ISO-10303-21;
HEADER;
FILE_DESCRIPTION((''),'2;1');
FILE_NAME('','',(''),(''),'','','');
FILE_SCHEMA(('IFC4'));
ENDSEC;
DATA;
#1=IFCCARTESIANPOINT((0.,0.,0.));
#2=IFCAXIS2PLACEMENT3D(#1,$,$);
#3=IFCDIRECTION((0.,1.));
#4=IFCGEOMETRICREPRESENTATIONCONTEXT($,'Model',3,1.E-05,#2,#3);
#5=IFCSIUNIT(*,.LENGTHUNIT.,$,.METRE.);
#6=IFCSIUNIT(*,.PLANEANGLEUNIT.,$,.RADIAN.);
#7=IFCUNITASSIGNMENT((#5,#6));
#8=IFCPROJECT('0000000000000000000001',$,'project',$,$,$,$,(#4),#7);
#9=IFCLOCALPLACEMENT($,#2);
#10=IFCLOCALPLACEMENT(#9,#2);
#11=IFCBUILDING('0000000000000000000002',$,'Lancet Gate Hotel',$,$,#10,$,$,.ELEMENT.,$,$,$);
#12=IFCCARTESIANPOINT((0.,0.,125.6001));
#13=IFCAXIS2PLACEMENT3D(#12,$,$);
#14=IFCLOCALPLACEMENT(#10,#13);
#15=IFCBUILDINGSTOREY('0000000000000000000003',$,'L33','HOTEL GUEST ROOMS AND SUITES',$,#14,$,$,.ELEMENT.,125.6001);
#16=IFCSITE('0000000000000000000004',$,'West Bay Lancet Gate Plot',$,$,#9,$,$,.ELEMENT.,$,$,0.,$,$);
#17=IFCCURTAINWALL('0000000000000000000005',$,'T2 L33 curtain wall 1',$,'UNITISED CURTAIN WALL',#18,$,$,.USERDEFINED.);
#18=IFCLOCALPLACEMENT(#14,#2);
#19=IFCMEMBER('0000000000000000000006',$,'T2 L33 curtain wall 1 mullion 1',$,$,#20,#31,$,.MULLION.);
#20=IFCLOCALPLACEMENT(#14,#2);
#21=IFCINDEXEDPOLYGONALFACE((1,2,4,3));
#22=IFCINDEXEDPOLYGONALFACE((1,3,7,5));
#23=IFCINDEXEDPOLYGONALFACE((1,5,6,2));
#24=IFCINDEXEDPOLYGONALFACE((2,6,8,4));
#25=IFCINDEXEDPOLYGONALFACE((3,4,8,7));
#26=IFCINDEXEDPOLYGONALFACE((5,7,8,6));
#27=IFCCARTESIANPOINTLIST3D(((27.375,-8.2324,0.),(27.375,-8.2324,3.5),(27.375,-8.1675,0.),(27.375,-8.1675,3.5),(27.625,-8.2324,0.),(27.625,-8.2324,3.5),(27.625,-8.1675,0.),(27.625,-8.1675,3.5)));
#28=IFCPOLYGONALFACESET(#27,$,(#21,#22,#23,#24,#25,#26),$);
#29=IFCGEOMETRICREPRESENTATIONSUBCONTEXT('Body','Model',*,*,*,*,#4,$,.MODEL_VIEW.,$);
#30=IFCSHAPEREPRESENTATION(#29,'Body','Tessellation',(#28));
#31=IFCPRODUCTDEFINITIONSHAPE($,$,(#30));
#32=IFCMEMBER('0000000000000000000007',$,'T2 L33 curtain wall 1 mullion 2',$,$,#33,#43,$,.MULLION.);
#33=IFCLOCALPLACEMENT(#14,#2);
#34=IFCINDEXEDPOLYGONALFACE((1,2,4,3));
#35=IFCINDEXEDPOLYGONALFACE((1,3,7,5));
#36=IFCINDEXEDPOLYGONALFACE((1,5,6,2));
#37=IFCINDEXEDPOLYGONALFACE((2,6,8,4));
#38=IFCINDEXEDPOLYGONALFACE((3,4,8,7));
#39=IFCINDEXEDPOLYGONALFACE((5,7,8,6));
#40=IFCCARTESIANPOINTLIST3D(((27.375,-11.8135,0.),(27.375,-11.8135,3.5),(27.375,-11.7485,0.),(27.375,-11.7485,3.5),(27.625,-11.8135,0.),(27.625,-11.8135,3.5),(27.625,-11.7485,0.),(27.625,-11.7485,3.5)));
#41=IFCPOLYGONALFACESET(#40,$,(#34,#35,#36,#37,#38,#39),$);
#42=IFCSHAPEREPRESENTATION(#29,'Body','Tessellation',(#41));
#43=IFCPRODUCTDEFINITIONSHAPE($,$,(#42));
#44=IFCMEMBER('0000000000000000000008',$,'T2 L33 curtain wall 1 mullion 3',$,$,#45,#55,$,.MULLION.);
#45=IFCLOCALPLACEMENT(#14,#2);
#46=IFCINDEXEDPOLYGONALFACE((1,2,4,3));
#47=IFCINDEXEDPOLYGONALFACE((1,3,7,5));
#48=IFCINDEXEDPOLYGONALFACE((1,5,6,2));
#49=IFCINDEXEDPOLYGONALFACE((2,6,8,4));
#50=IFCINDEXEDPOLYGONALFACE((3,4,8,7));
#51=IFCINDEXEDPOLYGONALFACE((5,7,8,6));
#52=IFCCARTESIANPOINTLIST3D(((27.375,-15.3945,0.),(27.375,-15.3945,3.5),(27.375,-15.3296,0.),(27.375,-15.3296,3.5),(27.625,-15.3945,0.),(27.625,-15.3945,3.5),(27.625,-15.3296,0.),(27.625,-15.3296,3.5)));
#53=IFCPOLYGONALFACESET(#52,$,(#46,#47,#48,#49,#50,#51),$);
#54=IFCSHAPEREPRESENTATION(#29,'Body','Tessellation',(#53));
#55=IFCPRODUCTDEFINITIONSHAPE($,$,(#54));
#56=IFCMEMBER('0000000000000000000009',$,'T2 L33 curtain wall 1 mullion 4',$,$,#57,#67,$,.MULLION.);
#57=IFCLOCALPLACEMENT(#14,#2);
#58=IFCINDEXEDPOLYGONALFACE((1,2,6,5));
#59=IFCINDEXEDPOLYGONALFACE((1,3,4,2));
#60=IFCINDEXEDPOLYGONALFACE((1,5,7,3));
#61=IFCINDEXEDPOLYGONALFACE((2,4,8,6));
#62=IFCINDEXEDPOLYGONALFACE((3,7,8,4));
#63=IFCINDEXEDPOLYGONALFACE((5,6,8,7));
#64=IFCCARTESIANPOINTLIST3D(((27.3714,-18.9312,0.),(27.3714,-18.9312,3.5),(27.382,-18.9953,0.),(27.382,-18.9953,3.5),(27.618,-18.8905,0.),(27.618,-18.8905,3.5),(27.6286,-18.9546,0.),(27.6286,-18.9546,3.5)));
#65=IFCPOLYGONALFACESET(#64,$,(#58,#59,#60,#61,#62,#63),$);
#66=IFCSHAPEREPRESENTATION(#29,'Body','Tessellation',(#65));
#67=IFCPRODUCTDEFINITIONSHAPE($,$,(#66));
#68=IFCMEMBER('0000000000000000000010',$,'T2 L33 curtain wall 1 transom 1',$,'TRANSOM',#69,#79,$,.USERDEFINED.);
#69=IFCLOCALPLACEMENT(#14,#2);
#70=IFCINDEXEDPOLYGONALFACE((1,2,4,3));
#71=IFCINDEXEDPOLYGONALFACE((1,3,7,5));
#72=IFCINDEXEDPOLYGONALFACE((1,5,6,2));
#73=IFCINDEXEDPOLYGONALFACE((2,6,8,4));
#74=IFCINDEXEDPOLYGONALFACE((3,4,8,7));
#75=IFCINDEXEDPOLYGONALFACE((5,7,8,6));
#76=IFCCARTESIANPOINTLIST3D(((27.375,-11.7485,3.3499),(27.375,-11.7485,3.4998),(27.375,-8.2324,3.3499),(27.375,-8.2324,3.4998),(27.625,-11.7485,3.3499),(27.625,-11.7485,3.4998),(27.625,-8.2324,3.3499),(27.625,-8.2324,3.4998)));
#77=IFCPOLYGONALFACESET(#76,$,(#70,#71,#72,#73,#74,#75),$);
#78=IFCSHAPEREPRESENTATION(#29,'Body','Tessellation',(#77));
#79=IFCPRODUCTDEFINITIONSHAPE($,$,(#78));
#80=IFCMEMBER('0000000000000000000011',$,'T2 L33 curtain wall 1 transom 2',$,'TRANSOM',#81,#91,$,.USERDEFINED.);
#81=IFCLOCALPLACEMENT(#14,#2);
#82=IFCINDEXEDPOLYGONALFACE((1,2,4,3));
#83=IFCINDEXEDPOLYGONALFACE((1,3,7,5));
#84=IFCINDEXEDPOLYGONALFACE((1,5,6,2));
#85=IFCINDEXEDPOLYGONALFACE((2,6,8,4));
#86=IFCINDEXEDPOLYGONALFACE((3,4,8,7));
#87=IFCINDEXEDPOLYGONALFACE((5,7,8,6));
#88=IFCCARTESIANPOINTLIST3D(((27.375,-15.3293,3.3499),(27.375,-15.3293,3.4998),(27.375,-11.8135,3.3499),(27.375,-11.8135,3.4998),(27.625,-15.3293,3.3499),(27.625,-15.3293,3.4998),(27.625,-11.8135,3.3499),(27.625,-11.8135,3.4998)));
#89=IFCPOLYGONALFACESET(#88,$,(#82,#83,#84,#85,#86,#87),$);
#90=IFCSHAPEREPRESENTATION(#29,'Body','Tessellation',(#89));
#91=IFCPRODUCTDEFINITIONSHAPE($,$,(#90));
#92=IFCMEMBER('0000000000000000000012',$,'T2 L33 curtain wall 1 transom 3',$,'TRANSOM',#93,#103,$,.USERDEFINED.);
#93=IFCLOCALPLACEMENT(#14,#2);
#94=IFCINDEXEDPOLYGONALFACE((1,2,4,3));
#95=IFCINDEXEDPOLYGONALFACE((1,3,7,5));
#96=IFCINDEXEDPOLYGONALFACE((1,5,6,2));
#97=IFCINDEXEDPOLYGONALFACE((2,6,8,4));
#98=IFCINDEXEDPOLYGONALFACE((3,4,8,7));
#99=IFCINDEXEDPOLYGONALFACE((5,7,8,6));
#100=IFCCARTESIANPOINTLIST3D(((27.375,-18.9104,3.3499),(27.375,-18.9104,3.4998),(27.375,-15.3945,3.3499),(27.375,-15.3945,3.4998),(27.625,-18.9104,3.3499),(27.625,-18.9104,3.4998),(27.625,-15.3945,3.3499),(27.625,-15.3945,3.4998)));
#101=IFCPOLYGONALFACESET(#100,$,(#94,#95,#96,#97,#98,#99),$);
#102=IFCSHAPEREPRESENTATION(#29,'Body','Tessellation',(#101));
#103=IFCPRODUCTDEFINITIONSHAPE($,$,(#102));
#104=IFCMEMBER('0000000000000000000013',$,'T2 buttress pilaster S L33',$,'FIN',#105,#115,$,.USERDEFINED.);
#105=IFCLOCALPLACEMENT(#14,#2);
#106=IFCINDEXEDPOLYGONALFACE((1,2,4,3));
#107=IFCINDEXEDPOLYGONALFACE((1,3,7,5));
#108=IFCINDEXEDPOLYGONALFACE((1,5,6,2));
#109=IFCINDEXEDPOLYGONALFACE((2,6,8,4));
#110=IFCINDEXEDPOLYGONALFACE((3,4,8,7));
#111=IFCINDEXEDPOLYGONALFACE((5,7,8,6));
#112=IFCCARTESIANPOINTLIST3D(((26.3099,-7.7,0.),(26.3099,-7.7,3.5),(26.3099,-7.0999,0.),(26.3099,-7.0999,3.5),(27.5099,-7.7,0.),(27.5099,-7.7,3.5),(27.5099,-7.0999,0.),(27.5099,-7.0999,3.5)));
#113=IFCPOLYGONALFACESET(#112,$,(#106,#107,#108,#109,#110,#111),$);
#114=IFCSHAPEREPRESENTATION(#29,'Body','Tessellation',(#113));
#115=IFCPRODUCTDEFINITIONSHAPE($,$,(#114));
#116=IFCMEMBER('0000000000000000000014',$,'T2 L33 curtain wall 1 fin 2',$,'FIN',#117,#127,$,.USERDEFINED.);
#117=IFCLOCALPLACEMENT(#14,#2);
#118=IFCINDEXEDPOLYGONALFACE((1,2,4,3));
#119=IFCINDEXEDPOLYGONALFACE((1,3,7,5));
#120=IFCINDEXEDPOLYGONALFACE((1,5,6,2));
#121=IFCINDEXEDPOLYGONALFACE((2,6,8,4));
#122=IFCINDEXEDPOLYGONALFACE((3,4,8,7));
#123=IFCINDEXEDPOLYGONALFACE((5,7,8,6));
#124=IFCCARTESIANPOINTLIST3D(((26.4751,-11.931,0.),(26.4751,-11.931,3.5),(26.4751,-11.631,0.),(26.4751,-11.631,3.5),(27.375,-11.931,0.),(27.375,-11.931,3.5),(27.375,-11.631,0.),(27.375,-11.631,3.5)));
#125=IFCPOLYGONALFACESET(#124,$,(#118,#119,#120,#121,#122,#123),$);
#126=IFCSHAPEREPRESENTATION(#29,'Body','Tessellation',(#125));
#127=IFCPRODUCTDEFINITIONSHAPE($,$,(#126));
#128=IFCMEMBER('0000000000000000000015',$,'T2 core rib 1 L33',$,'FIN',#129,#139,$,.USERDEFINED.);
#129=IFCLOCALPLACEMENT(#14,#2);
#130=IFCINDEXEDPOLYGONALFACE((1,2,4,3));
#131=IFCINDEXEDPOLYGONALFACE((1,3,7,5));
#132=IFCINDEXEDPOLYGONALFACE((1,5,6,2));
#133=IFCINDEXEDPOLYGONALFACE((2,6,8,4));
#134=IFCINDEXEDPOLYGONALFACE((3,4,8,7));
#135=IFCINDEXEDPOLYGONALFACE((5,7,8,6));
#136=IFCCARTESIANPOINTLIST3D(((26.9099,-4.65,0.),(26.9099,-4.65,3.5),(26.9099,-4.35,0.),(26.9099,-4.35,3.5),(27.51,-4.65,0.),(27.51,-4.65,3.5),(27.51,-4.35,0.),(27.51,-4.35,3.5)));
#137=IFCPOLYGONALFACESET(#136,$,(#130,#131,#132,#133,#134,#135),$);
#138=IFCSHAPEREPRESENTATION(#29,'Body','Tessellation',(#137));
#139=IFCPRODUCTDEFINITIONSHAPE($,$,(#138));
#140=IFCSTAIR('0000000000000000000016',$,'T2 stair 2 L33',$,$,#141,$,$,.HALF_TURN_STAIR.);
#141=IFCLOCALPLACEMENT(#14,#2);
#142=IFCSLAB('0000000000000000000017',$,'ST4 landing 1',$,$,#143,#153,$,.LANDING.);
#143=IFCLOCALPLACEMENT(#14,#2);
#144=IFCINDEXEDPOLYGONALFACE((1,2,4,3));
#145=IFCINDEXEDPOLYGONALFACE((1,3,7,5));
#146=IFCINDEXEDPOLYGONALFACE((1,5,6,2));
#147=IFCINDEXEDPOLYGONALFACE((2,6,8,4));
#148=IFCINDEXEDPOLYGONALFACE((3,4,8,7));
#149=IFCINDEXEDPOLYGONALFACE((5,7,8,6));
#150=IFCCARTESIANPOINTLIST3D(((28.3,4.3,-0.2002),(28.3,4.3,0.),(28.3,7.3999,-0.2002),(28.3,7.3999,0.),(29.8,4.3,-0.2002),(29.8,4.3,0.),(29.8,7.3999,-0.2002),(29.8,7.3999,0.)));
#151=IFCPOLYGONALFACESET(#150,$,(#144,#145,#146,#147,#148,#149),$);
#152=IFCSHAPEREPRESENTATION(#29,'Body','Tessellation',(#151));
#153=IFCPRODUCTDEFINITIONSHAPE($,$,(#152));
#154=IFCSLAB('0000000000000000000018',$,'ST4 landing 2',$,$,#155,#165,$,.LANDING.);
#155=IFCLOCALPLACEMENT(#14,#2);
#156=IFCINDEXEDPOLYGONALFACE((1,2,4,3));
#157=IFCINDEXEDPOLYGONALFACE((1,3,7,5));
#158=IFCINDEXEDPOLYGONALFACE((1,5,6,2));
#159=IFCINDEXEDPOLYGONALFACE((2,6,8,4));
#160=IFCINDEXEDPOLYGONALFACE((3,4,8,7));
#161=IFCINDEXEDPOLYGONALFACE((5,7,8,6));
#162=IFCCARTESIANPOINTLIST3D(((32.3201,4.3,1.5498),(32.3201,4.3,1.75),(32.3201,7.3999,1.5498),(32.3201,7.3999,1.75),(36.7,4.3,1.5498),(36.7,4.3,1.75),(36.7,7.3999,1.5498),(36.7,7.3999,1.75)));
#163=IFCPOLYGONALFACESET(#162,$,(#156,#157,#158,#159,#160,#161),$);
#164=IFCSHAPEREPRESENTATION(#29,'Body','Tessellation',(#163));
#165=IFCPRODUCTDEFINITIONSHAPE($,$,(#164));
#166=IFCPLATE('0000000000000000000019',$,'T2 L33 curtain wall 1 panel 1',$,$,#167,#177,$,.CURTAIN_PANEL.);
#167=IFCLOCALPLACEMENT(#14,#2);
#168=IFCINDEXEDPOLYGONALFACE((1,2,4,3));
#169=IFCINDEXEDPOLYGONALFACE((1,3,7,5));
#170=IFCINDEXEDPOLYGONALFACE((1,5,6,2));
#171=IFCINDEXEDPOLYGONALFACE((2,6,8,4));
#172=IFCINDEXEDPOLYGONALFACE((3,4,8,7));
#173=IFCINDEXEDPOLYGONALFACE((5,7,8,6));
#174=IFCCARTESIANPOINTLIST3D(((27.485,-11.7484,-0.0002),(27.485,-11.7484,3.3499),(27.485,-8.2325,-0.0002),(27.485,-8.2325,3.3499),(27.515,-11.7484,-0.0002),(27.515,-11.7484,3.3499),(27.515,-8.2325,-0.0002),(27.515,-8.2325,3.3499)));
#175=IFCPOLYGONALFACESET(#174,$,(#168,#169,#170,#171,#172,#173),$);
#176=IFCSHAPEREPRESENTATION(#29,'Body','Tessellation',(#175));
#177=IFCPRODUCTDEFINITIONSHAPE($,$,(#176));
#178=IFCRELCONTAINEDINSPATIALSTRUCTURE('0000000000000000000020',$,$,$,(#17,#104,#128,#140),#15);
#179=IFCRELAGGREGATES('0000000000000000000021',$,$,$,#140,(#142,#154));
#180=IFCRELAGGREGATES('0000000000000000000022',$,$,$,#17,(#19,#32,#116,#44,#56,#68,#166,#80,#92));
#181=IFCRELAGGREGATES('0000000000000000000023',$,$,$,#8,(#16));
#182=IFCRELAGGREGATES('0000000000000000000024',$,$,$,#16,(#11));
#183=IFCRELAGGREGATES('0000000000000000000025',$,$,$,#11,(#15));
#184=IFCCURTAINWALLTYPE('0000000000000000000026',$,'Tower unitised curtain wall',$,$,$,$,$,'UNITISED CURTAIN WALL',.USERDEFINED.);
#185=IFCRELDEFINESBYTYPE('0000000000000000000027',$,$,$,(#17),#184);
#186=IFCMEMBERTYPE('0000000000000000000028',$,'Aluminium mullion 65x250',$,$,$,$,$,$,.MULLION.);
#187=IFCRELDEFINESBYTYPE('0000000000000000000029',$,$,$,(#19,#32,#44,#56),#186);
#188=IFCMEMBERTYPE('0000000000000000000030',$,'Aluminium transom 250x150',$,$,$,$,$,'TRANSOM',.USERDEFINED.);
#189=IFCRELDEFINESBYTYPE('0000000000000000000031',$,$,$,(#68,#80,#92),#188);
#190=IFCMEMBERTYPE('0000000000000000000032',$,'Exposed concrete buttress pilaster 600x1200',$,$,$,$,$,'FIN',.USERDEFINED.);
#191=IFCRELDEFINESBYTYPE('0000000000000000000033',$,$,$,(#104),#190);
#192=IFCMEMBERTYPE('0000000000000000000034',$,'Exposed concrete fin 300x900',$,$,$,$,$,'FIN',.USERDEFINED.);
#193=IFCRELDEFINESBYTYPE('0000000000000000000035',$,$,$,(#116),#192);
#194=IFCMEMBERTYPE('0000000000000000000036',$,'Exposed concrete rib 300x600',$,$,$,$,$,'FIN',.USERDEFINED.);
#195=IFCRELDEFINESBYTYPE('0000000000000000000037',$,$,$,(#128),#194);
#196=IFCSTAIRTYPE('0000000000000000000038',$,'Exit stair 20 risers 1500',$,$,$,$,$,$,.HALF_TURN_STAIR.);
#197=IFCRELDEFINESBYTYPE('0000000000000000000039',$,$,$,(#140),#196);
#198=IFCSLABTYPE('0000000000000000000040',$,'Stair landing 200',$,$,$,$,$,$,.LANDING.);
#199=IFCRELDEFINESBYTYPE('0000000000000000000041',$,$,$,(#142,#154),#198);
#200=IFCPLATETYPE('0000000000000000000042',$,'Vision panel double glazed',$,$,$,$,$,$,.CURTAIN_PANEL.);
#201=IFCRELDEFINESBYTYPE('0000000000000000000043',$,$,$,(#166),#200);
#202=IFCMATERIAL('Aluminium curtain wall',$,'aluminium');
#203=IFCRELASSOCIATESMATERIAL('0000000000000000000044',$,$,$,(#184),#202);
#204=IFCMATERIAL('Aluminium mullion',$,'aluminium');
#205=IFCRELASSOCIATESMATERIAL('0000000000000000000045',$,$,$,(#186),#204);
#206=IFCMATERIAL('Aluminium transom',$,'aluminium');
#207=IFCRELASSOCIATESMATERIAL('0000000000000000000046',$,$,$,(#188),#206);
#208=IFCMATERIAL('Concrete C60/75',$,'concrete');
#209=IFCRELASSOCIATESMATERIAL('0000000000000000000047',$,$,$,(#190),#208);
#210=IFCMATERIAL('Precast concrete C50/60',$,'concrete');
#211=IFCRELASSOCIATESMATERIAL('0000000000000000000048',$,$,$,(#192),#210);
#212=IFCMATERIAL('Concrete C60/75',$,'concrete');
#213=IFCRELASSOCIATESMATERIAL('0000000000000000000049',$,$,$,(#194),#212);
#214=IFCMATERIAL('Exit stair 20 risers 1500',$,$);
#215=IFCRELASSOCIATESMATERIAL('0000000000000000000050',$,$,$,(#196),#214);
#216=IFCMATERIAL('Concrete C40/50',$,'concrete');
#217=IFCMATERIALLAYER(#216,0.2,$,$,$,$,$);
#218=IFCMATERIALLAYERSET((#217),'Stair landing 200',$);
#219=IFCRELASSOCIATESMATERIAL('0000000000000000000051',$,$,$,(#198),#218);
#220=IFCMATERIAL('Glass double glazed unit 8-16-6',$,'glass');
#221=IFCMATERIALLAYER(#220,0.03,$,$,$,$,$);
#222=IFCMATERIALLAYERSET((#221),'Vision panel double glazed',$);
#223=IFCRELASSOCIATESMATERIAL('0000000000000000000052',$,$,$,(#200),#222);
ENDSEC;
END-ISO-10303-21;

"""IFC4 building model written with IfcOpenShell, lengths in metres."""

from ifc_helpers import new_model, si_unit, direction, frame, origin, origin_2d, place, context, subcontext, project, spatial, polyline, rectangle, outline, extrude, material, layer, layer_set, material_profile, profile_set, type_object, element, aggregate, save


model = new_model("IFC4")

# Units and contexts
model_context = context("Model", 3, precision=1e-05, world=origin(), true_north=direction((0.0, 1.0)))
body_context = subcontext(model_context, "Body", "Model", "MODEL_VIEW")
ifc_project = project(units=[si_unit("LENGTHUNIT", "METRE"), si_unit("PLANEANGLEUNIT", "RADIAN")], contexts=[model_context])

# Site, building, storey
site_placement = place(None, origin())
site = spatial("IfcSite", under=ifc_project, at=site_placement, Name="West Bay Lancet Gate Plot", CompositionType="ELEMENT", RefElevation=0.0)
building_placement = place(site_placement, origin())
building = spatial("IfcBuilding", under=site, at=building_placement, Name="Lancet Gate Hotel", CompositionType="ELEMENT")
storey_placement = place(building_placement, frame((0.0, 0.0, 125.6001)))
storey = spatial("IfcBuildingStorey", under=building, at=storey_placement, Name="L33", Description="HOTEL GUEST ROOMS AND SUITES", CompositionType="ELEMENT", Elevation=125.6001)

# Curtain wall, members
ifc_material_1 = material(Name="Aluminium curtain wall", Category="aluminium")
curtain_wall_type = type_object("IfcCurtainWallType", Name="Tower unitised curtain wall", ElementType="UNITISED CURTAIN WALL", PredefinedType="USERDEFINED", material=ifc_material_1)
curtain_wall_placement = place(storey_placement, origin())
curtain_wall = element("IfcCurtainWall", 1, at=curtain_wall_placement, inside=storey, type_object=curtain_wall_type, Name="T2 L33 curtain wall 1", ObjectType="UNITISED CURTAIN WALL", PredefinedType="USERDEFINED")
ifc_material_2 = material(Name="Aluminium mullion", Category="aluminium")
ifc_material_profile_1 = material_profile(ifc_material_2, rectangle(XDim=0.0649, YDim=0.25, at=origin_2d()), Name="MULLION 65x250")
ifc_profile_set_1 = profile_set([ifc_material_profile_1], Name="Aluminium mullion")
member_type_1 = type_object("IfcMemberType", Name="Aluminium mullion 65x250", PredefinedType="MULLION", material=ifc_profile_set_1)
member_1_placement = place(storey_placement, frame((27.5, -8.2, 0.0), z_axis=(0.0, 0.0, 1.0), x_axis=(0.0, -1.0, 0.0)))
member_1 = element("IfcMember", 2, at=member_1_placement, type_object=member_type_1, Name="T2 L33 curtain wall 1 mullion 1", PredefinedType="MULLION", context=body_context, shape_type="SweptSolid", body=[
    extrude(rectangle(XDim=0.0649, YDim=0.25, at=origin_2d()), origin(), (0.0, 0.0, 1.0), 3.5),
])
member_2_placement = place(storey_placement, frame((27.5, -11.781, 0.0), z_axis=(0.0, 0.0, 1.0), x_axis=(0.0, -1.0, 0.0)))
member_2 = element("IfcMember", 3, at=member_2_placement, type_object=member_type_1, Name="T2 L33 curtain wall 1 mullion 2", PredefinedType="MULLION", context=body_context, shape_type="SweptSolid", body=[
    extrude(rectangle(XDim=0.0649, YDim=0.25, at=origin_2d()), origin(), (0.0, 0.0, 1.0), 3.5),
])
member_3_placement = place(storey_placement, frame((27.5, -15.3621, 0.0), z_axis=(0.0, 0.0, 1.0), x_axis=(0.0, -1.0, 0.0)))
member_3 = element("IfcMember", 4, at=member_3_placement, type_object=member_type_1, Name="T2 L33 curtain wall 1 mullion 3", PredefinedType="MULLION", context=body_context, shape_type="SweptSolid", body=[
    extrude(rectangle(XDim=0.0649, YDim=0.25, at=origin_2d()), origin(), (0.0, 0.0, 1.0), 3.5),
])
member_4_placement = place(storey_placement, frame((27.5, -18.9429, 0.0), z_axis=(0.0, 0.0, 1.0), x_axis=(0.162739, -0.986669, 0.0)))
member_4 = element("IfcMember", 5, at=member_4_placement, type_object=member_type_1, Name="T2 L33 curtain wall 1 mullion 4", PredefinedType="MULLION", context=body_context, shape_type="SweptSolid", body=[
    extrude(rectangle(XDim=0.0649, YDim=0.25, at=origin_2d()), origin(), (0.0, 0.0, 1.0), 3.5),
])
ifc_material_3 = material(Name="Aluminium transom", Category="aluminium")
ifc_material_profile_2 = material_profile(ifc_material_3, rectangle(XDim=0.25, YDim=0.1499, at=origin_2d()), Name="TRANSOM 250x150")
ifc_profile_set_2 = profile_set([ifc_material_profile_2], Name="Aluminium transom")
member_type_2 = type_object("IfcMemberType", Name="Aluminium transom 250x150", ElementType="TRANSOM", PredefinedType="USERDEFINED", material=ifc_profile_set_2)
member_5_placement = place(storey_placement, frame((27.5, -8.2324, 3.4248), z_axis=(0.0, -1.0, 0.0), x_axis=(1.0, 0.0, 0.0)))
member_5 = element("IfcMember", 6, at=member_5_placement, type_object=member_type_2, Name="T2 L33 curtain wall 1 transom 1", ObjectType="TRANSOM", PredefinedType="USERDEFINED", context=body_context, shape_type="SweptSolid", body=[
    extrude(rectangle(XDim=0.25, YDim=0.1499, at=origin_2d()), origin(), (0.0, 0.0, 1.0), 3.5161),
])
member_6_placement = place(storey_placement, frame((27.5, -11.8135, 3.4248), z_axis=(0.0, -1.0, 0.0), x_axis=(1.0, 0.0, 0.0)))
member_6 = element("IfcMember", 7, at=member_6_placement, type_object=member_type_2, Name="T2 L33 curtain wall 1 transom 2", ObjectType="TRANSOM", PredefinedType="USERDEFINED", context=body_context, shape_type="SweptSolid", body=[
    extrude(rectangle(XDim=0.25, YDim=0.1499, at=origin_2d()), origin(), (0.0, 0.0, 1.0), 3.5159),
])
member_7_placement = place(storey_placement, frame((27.5, -15.3945, 3.4248), z_axis=(0.0, -1.0, 0.0), x_axis=(1.0, 0.0, 0.0)))
member_7 = element("IfcMember", 8, at=member_7_placement, type_object=member_type_2, Name="T2 L33 curtain wall 1 transom 3", ObjectType="TRANSOM", PredefinedType="USERDEFINED", context=body_context, shape_type="SweptSolid", body=[
    extrude(rectangle(XDim=0.25, YDim=0.1499, at=origin_2d()), origin(), (0.0, 0.0, 1.0), 3.5159),
])

# Members
ifc_material_4 = material(Name="Concrete C60/75", Category="concrete")
ifc_material_profile_3 = material_profile(ifc_material_4, rectangle(XDim=0.6001, YDim=1.2, at=origin_2d()), Name="FIN 600x1200")
ifc_profile_set_3 = profile_set([ifc_material_profile_3], Name="Concrete C60/75")
member_type_3 = type_object("IfcMemberType", Name="Exposed concrete buttress pilaster 600x1200", ElementType="FIN", PredefinedType="USERDEFINED", material=ifc_profile_set_3)
member_8_placement = place(storey_placement, frame((26.9099, -7.3999, 0.0), z_axis=(0.0, 0.0, 1.0), x_axis=(0.0, 1.0, 0.0)))
element("IfcMember", 9, at=member_8_placement, inside=storey, type_object=member_type_3, Name="T2 buttress pilaster S L33", ObjectType="FIN", PredefinedType="USERDEFINED", context=body_context, shape_type="SweptSolid", body=[
    extrude(rectangle(XDim=0.6001, YDim=1.2, at=origin_2d()), origin(), (0.0, 0.0, 1.0), 3.5),
])
ifc_material_5 = material(Name="Precast concrete C50/60", Category="concrete")
ifc_material_profile_4 = material_profile(ifc_material_5, rectangle(XDim=0.3, YDim=0.8999, at=origin_2d()), Name="FIN 300x900")
ifc_profile_set_4 = profile_set([ifc_material_profile_4], Name="Precast concrete C50/60")
member_type_4 = type_object("IfcMemberType", Name="Exposed concrete fin 300x900", ElementType="FIN", PredefinedType="USERDEFINED", material=ifc_profile_set_4)
member_9_placement = place(storey_placement, frame((26.925, -11.781, 0.0), z_axis=(0.0, 0.0, 1.0), x_axis=(0.0, -1.0, 0.0)))
member_9 = element("IfcMember", 10, at=member_9_placement, type_object=member_type_4, Name="T2 L33 curtain wall 1 fin 2", ObjectType="FIN", PredefinedType="USERDEFINED", context=body_context, shape_type="SweptSolid", body=[
    extrude(rectangle(XDim=0.3, YDim=0.8999, at=origin_2d()), origin(), (0.0, 0.0, 1.0), 3.5),
])
ifc_material_6 = material(Name="Concrete C60/75", Category="concrete")
ifc_material_profile_5 = material_profile(ifc_material_6, rectangle(XDim=0.3, YDim=0.6001, at=origin_2d()), Name="FIN 300x600")
ifc_profile_set_5 = profile_set([ifc_material_profile_5], Name="Concrete C60/75")
member_type_5 = type_object("IfcMemberType", Name="Exposed concrete rib 300x600", ElementType="FIN", PredefinedType="USERDEFINED", material=ifc_profile_set_5)
member_10_placement = place(storey_placement, frame((27.21, -4.5, 0.0), z_axis=(0.0, 0.0, 1.0), x_axis=(0.0, 1.0, 0.0)))
element("IfcMember", 11, at=member_10_placement, inside=storey, type_object=member_type_5, Name="T2 core rib 1 L33", ObjectType="FIN", PredefinedType="USERDEFINED", context=body_context, shape_type="SweptSolid", body=[
    extrude(rectangle(XDim=0.3, YDim=0.6001, at=origin_2d()), origin(), (0.0, 0.0, 1.0), 3.5),
])

# Stair, slabs
ifc_material_7 = material(Name="Exit stair 20 risers 1500")
stair_type = type_object("IfcStairType", Name="Exit stair 20 risers 1500", PredefinedType="HALF_TURN_STAIR", material=ifc_material_7)
stair_placement = place(storey_placement, origin())
stair = element("IfcStair", 12, at=stair_placement, inside=storey, type_object=stair_type, Name="T2 stair 2 L33", PredefinedType="HALF_TURN_STAIR")
ifc_material_8 = material(Name="Concrete C40/50", Category="concrete")
ifc_layer_1 = layer(ifc_material_8, 0.2)
ifc_layer_set_1 = layer_set([ifc_layer_1], Name="Stair landing 200")
slab_type = type_object("IfcSlabType", Name="Stair landing 200", PredefinedType="LANDING", material=ifc_layer_set_1)
slab_1_placement = place(storey_placement, frame((0.0, 0.0, -0.2002)))
slab_1 = element("IfcSlab", 13, at=slab_1_placement, type_object=slab_type, Name="ST4 landing 1", PredefinedType="LANDING", context=body_context, shape_type="SweptSolid", body=[
    extrude(outline(polyline([(28.3, 4.3), (29.8, 4.3), (29.8, 7.3999), (28.3, 7.3999), (28.3, 4.3)])), origin(), (0.0, 0.0, 1.0), 0.2002),
])
slab_2_placement = place(storey_placement, frame((0.0, 0.0, 1.5498)))
slab_2 = element("IfcSlab", 14, at=slab_2_placement, type_object=slab_type, Name="ST4 landing 2", PredefinedType="LANDING", context=body_context, shape_type="SweptSolid", body=[
    extrude(outline(polyline([(32.3201, 4.3), (36.7, 4.3), (36.7, 7.3999), (32.3201, 7.3999), (32.3201, 4.3)])), origin(), (0.0, 0.0, 1.0), 0.2002),
])
aggregate(stair, [slab_1, slab_2])

# Plate
ifc_material_9 = material(Name="Glass double glazed unit 8-16-6", Category="glass")
ifc_layer_2 = layer(ifc_material_9, 0.03)
ifc_layer_set_2 = layer_set([ifc_layer_2], Name="Vision panel double glazed")
plate_type = type_object("IfcPlateType", Name="Vision panel double glazed", PredefinedType="CURTAIN_PANEL", material=ifc_layer_set_2)
plate_1_placement = place(storey_placement, frame((27.5, -9.9905, -0.0002), z_axis=(0.0, 0.0, 1.0), x_axis=(0.0, -1.0, 0.0)))
plate_1 = element("IfcPlate", 15, at=plate_1_placement, type_object=plate_type, Name="T2 L33 curtain wall 1 panel 1", PredefinedType="CURTAIN_PANEL", context=body_context, shape_type="SweptSolid", body=[
    extrude(rectangle(XDim=3.5159, YDim=0.03, at=origin_2d()), origin(), (0.0, 0.0, 1.0), 3.3501),
])
aggregate(curtain_wall, [member_1, member_2, member_9, member_3, member_4, member_5, plate_1, member_6, member_7])

save(model, "model.ifc")
